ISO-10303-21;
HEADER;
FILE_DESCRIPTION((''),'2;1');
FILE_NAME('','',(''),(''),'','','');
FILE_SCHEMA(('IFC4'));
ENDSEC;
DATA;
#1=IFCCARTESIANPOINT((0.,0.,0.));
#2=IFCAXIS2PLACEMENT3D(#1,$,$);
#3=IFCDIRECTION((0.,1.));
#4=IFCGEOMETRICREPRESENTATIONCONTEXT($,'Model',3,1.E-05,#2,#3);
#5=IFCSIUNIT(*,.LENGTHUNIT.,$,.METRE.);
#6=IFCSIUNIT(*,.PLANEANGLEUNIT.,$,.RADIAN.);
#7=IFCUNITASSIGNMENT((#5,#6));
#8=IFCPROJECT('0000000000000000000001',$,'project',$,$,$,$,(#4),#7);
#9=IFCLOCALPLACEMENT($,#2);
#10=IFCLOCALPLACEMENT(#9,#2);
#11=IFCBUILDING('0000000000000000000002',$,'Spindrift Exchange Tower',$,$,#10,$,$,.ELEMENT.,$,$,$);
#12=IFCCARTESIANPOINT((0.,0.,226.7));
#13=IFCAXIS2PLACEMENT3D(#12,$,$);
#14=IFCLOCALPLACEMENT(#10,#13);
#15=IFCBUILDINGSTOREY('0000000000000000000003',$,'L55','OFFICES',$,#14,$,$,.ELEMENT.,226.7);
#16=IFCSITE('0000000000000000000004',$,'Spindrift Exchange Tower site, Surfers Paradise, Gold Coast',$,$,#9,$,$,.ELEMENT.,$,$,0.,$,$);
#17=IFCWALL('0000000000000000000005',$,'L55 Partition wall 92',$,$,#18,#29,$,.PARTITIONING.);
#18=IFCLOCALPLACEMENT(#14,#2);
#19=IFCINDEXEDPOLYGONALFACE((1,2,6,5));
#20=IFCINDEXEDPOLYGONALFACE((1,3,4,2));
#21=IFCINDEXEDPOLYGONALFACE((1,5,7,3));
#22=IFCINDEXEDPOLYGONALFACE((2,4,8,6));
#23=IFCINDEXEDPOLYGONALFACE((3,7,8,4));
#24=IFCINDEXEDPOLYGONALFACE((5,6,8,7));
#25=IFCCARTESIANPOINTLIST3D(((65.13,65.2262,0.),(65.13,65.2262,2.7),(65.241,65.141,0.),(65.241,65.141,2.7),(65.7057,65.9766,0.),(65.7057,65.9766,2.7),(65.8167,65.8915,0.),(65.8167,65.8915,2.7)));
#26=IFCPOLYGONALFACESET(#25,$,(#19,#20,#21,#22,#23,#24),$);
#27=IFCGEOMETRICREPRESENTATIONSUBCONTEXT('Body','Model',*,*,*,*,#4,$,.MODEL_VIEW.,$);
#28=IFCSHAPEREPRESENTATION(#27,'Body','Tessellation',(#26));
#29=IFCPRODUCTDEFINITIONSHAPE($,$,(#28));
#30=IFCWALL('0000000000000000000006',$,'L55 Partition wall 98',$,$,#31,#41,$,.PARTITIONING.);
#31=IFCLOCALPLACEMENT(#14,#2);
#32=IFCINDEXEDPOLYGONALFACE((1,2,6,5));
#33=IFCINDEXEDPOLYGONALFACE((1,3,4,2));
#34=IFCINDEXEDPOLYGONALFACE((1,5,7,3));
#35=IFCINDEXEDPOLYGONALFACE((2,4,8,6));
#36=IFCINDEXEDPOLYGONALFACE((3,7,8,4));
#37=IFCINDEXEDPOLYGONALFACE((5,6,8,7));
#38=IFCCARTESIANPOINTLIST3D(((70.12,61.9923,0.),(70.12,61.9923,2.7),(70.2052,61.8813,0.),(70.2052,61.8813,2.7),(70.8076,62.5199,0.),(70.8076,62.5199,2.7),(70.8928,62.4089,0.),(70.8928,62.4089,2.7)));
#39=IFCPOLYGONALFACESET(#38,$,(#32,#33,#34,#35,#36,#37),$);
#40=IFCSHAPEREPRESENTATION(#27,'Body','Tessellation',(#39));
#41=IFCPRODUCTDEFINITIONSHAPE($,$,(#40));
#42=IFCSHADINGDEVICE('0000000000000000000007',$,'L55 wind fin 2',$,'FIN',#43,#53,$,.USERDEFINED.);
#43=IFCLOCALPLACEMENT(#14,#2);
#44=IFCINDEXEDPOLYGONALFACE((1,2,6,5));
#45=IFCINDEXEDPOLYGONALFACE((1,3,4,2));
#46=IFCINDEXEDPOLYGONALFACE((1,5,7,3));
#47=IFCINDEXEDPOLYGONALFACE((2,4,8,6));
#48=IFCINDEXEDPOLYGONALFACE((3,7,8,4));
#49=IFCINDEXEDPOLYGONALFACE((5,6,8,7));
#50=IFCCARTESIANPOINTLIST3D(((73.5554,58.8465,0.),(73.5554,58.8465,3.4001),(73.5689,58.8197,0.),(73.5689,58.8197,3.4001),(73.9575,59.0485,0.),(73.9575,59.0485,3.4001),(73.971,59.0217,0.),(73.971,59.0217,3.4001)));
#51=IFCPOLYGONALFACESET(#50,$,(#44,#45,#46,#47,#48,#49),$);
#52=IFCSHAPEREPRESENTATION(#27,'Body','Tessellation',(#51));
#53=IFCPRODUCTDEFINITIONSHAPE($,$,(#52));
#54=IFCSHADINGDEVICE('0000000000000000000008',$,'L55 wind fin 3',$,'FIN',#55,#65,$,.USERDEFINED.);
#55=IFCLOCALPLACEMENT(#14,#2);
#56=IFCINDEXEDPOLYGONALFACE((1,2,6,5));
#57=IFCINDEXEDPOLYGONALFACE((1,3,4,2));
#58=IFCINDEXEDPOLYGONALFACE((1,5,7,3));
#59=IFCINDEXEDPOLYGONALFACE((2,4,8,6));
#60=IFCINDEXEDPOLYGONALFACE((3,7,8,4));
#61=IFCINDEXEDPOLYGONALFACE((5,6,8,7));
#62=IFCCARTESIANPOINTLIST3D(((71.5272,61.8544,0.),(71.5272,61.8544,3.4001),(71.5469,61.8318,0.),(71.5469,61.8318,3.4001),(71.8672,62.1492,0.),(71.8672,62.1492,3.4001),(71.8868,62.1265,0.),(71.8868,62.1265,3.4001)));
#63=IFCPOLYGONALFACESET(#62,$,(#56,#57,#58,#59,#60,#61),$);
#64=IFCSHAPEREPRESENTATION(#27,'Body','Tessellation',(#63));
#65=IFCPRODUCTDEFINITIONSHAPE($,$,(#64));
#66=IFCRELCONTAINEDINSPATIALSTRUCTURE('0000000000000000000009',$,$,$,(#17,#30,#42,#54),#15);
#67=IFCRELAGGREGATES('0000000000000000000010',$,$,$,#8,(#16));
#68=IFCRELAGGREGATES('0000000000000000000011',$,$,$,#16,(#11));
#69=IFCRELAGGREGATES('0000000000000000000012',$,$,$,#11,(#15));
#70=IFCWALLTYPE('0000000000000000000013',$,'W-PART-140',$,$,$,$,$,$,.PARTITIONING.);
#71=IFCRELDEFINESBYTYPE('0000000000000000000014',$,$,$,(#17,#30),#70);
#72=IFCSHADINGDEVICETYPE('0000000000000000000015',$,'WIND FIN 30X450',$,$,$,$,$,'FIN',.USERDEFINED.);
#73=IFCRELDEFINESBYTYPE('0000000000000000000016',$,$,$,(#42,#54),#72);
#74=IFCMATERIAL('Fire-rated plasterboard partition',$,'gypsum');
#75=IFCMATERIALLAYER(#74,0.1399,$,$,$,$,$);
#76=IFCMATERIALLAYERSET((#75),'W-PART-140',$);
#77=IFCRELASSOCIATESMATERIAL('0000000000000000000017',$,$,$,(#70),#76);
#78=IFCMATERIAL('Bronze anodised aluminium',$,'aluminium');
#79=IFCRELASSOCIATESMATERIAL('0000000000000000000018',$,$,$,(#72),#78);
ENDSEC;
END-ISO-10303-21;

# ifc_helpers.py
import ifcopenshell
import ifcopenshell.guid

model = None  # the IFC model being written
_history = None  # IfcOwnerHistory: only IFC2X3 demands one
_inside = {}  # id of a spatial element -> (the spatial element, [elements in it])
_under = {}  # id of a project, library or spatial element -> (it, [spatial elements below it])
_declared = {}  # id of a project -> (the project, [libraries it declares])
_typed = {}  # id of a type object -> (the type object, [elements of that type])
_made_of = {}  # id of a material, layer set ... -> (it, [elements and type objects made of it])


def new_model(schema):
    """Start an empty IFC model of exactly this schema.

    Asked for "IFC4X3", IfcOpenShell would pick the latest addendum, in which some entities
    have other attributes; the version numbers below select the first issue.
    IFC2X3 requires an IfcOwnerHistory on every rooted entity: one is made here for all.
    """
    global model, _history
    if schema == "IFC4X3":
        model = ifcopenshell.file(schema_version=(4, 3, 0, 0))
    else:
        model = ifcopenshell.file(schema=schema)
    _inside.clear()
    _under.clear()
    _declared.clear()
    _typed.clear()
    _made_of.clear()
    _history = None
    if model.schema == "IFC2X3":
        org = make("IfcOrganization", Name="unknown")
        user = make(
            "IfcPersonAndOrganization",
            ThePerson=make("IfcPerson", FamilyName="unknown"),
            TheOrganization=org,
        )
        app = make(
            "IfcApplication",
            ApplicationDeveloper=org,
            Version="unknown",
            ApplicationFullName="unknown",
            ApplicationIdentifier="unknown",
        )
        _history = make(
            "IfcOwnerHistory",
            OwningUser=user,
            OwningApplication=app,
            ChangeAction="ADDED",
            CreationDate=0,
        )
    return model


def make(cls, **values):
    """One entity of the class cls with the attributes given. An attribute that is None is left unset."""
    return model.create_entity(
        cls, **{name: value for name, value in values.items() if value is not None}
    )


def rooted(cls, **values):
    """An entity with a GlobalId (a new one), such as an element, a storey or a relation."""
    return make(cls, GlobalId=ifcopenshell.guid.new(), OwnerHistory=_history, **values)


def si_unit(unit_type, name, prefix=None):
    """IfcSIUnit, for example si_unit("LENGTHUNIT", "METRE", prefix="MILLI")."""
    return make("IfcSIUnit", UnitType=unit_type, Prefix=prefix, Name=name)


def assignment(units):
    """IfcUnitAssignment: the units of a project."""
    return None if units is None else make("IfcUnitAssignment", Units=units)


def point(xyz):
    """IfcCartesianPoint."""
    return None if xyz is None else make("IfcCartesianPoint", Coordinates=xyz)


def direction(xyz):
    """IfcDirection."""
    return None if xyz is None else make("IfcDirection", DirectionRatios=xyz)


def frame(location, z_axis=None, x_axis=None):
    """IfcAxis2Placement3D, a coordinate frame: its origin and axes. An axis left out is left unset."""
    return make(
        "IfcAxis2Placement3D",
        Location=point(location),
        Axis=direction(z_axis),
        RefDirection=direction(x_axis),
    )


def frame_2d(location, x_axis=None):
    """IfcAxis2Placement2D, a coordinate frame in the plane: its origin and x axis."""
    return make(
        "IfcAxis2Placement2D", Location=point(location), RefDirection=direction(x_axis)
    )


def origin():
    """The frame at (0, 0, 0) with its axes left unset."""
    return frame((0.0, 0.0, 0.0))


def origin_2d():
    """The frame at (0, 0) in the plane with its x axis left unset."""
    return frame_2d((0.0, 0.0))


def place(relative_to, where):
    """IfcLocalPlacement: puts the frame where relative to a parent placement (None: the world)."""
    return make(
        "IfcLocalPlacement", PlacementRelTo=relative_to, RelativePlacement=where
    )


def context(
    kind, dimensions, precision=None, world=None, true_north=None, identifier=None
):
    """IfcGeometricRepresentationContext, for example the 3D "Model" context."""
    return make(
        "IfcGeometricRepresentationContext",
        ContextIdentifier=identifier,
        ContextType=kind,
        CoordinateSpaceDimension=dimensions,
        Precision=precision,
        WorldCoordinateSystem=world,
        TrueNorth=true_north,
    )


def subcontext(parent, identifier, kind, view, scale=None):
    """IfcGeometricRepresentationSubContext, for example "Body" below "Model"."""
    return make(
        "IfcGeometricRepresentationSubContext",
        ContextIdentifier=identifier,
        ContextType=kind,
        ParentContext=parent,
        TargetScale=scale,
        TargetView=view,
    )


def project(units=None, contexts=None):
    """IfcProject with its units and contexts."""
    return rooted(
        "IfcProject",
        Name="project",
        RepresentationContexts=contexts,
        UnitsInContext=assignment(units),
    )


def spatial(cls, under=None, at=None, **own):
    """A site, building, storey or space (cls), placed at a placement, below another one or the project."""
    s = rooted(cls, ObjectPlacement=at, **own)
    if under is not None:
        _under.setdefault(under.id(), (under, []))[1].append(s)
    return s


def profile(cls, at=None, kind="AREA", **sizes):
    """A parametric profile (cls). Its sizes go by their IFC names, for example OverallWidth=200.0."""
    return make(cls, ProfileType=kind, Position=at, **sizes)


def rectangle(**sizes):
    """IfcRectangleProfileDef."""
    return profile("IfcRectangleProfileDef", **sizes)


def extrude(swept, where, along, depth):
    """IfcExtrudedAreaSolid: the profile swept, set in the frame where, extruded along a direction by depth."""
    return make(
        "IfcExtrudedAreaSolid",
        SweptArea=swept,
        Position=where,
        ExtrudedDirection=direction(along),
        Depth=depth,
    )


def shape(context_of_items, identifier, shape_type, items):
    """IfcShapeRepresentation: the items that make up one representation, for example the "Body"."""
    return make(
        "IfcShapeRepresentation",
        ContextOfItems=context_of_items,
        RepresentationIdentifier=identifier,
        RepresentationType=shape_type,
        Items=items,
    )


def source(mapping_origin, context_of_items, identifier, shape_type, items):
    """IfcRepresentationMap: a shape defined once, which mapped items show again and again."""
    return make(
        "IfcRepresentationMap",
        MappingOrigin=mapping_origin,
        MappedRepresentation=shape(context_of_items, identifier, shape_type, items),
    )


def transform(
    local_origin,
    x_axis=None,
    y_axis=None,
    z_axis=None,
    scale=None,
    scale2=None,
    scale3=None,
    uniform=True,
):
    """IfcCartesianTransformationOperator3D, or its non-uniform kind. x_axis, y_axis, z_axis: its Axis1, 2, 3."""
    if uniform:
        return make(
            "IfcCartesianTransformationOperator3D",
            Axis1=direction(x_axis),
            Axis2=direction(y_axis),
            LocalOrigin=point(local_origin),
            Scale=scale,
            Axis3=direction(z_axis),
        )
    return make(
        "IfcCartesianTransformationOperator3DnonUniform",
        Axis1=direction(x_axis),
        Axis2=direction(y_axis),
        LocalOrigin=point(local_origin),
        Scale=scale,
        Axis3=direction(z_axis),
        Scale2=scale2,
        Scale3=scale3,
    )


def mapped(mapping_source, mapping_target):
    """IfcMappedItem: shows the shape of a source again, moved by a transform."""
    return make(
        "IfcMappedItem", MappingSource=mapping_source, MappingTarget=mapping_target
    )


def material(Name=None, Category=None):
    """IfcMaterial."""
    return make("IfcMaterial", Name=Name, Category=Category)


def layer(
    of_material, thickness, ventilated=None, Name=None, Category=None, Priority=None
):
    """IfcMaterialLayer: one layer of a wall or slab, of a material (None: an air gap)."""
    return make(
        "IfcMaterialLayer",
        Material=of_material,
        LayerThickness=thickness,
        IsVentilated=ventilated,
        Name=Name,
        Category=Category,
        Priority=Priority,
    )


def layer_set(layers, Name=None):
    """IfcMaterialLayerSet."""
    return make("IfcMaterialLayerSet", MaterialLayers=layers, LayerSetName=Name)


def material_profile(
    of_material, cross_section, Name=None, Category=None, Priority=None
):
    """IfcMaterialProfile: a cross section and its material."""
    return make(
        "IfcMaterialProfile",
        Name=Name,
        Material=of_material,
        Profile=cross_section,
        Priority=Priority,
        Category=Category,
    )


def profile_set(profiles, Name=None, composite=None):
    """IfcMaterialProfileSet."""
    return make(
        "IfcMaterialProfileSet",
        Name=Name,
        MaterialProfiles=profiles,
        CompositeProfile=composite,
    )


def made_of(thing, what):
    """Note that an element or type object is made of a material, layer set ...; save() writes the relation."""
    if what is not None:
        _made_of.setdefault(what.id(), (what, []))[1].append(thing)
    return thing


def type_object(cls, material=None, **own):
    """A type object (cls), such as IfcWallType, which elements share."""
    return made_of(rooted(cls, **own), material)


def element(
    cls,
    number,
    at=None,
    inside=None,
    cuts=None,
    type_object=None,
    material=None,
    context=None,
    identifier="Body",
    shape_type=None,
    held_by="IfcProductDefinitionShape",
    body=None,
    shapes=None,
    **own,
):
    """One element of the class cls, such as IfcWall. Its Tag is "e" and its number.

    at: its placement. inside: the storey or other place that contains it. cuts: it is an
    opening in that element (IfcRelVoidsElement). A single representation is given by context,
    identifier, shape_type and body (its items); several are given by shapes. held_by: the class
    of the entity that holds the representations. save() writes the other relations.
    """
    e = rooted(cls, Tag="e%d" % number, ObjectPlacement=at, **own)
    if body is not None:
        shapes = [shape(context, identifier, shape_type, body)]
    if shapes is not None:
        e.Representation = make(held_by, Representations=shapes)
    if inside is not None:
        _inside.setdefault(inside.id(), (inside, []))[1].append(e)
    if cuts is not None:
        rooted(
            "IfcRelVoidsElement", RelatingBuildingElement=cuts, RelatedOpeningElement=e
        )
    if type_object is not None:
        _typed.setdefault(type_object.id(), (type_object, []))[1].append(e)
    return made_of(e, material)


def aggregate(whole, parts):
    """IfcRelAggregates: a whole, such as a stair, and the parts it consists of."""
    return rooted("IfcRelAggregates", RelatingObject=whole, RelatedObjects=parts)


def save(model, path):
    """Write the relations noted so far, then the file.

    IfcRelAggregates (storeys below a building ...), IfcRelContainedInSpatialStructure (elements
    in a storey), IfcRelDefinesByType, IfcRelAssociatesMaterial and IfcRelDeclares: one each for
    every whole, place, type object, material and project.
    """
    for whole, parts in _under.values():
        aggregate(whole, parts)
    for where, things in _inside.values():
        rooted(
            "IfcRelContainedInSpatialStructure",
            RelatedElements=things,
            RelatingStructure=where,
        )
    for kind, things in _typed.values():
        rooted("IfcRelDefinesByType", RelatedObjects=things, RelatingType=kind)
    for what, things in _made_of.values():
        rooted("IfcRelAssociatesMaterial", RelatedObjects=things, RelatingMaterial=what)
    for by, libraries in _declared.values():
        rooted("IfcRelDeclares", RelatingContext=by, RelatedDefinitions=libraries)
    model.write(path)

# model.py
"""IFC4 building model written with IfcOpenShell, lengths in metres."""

from ifc_helpers import new_model, si_unit, direction, frame, frame_2d, origin, origin_2d, place, context, subcontext, project, spatial, rectangle, extrude, source, transform, mapped, material, layer, layer_set, material_profile, profile_set, type_object, element, save


model = new_model("IFC4")

# Units and contexts
model_context = context("Model", 3, precision=1e-05, world=origin(), true_north=direction((0.0, 1.0)))
body_context = subcontext(model_context, "Body", "Model", "MODEL_VIEW")
ifc_project = project(units=[si_unit("LENGTHUNIT", "METRE"), si_unit("PLANEANGLEUNIT", "RADIAN")], contexts=[model_context])

# Site, building, storey
site_placement = place(None, origin())
site = spatial("IfcSite", under=ifc_project, at=site_placement, Name="Spindrift Exchange Tower site, Surfers Paradise, Gold Coast", CompositionType="ELEMENT", RefElevation=0.0)
building_placement = place(site_placement, origin())
building = spatial("IfcBuilding", under=site, at=building_placement, Name="Spindrift Exchange Tower", CompositionType="ELEMENT")
storey_placement = place(building_placement, frame((0.0, 0.0, 226.7)))
storey = spatial("IfcBuildingStorey", under=building, at=storey_placement, Name="L55", Description="OFFICES", CompositionType="ELEMENT", Elevation=226.7)

# Shared definitions
ifc_material_1 = material(Name="Bronze anodised aluminium", Category="aluminium")

# Walls
ifc_material_2 = material(Name="Fire-rated plasterboard partition", Category="gypsum")
ifc_layer_1 = layer(ifc_material_2, 0.1399)
ifc_layer_set_1 = layer_set([ifc_layer_1], Name="W-PART-140")
wall_type = type_object("IfcWallType", Name="W-PART-140", PredefinedType="PARTITIONING", material=ifc_layer_set_1)
wall_1_placement = place(storey_placement, frame((65.1855, 65.1836, 0.0), z_axis=(0.0, 0.0, 1.0), x_axis=(0.608637, 0.793448, 0.0)))
element("IfcWall", 1, at=wall_1_placement, inside=storey, type_object=wall_type, Name="L55 Partition wall 92", PredefinedType="PARTITIONING", context=body_context, shape_type="SweptSolid", body=[
    extrude(rectangle(XDim=0.9458, YDim=0.1399, at=frame_2d((0.4729, 0.0))), origin(), (0.0, 0.0, 1.0), 2.7),
])
wall_2_placement = place(storey_placement, frame((70.1626, 61.9368, 0.0), z_axis=(0.0, 0.0, 1.0), x_axis=(0.793325, 0.608798, 0.0)))
element("IfcWall", 2, at=wall_2_placement, inside=storey, type_object=wall_type, Name="L55 Partition wall 98", PredefinedType="PARTITIONING", context=body_context, shape_type="SweptSolid", body=[
    extrude(rectangle(XDim=0.8667, YDim=0.1399, at=frame_2d((0.4333, 0.0))), origin(), (0.0, 0.0, 1.0), 2.7),
])

# Shading devices
ifc_material_profile_1 = material_profile(ifc_material_1, rectangle(XDim=0.03, YDim=0.45, at=origin_2d()), Name="WIND FIN 30X450")
ifc_profile_set_1 = profile_set([ifc_material_profile_1], Name="Bronze anodised aluminium")
shading_device_type = type_object("IfcShadingDeviceType", Name="WIND FIN 30X450", ElementType="FIN", PredefinedType="USERDEFINED", material=ifc_profile_set_1)
shared_shape_1 = source(origin(), body_context, "Body", "SweptSolid", [
    extrude(rectangle(XDim=0.03, YDim=0.45, at=origin_2d()), origin(), (0.0, 0.0, 1.0), 3.4001),
])
for number, where, z_axis, x_axis, name in (
    (3, (73.7632, 58.9341, 0.0), (0.0, 0.0, 1.0), (-0.448931, 0.893567, 0.0), "L55 wind fin 2"),
    (4, (71.707, 61.9905, 0.0), (0.0, 0.0, 1.0), (-0.655088, 0.755553, 0.0), "L55 wind fin 3"),
):
    element("IfcShadingDevice", number, at=place(storey_placement, frame(where, z_axis=z_axis, x_axis=x_axis)), inside=storey, type_object=shading_device_type, Name=name, ObjectType="FIN", PredefinedType="USERDEFINED", context=body_context, shape_type="MappedRepresentation", body=[
        mapped(shared_shape_1, transform((0.0, 0.0, 0.0), scale=1.0)),
    ])

save(model, "model.ifc")
